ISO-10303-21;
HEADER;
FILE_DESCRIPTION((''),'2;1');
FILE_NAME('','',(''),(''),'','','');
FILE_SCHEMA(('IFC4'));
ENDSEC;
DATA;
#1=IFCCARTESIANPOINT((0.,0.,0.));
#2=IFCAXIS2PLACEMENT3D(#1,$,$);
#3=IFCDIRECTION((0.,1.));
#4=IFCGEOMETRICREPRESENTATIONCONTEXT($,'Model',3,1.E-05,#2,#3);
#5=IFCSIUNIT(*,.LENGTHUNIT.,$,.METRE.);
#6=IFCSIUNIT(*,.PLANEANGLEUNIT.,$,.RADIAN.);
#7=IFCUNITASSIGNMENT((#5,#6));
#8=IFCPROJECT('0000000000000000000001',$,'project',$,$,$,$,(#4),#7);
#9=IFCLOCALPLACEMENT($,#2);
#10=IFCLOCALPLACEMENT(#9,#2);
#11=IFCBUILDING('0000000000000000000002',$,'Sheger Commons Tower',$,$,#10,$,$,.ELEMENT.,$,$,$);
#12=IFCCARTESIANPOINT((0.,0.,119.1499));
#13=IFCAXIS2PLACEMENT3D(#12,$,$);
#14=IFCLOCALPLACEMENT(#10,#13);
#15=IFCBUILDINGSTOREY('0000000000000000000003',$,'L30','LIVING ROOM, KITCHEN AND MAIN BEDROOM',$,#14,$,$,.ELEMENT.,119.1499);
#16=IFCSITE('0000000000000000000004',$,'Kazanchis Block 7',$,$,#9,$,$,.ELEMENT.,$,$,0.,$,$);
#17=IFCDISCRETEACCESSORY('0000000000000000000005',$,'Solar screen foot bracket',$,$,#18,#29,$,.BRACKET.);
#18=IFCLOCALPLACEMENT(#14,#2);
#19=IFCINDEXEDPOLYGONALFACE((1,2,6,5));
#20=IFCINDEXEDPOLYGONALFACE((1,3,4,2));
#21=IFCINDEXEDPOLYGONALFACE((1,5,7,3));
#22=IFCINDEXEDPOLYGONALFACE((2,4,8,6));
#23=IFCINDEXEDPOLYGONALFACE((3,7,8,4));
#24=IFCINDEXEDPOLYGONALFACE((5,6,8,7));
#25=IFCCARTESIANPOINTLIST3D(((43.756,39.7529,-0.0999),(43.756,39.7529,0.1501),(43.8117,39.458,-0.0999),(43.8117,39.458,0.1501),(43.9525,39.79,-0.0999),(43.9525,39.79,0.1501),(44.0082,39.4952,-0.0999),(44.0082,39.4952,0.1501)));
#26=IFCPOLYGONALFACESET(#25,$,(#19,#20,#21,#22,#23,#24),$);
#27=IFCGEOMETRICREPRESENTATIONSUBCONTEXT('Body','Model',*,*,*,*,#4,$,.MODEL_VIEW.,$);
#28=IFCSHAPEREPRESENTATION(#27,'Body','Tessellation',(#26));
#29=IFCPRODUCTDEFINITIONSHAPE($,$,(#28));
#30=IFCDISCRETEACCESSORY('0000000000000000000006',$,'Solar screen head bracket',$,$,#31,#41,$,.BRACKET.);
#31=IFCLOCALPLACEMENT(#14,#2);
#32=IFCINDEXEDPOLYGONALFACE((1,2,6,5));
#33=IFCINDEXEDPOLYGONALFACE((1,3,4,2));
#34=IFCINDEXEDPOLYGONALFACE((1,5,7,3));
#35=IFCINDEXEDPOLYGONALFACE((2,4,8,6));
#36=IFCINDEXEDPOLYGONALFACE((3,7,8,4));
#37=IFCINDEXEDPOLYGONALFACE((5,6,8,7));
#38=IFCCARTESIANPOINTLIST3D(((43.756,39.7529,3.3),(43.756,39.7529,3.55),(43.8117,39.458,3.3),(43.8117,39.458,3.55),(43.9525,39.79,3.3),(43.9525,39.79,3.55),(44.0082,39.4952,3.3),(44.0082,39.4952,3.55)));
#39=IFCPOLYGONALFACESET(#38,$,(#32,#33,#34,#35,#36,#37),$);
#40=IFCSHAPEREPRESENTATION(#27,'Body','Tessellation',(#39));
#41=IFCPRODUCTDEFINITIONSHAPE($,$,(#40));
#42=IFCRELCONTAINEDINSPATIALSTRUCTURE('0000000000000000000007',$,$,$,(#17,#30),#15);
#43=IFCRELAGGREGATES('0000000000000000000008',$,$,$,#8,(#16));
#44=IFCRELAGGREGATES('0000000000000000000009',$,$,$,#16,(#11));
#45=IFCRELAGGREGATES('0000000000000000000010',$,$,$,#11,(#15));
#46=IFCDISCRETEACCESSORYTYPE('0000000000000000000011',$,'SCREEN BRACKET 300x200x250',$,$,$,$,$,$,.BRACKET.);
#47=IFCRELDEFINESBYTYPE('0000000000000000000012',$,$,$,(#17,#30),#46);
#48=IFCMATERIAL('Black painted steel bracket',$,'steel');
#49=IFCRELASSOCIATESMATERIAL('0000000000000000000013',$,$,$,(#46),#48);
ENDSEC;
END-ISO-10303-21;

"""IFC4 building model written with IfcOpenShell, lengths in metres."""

from ifc_helpers import new_model, si_unit, direction, frame, origin, origin_2d, place, context, subcontext, project, spatial, rectangle, extrude, material, type_object, element, save


model = new_model("IFC4")

# Units and contexts
model_context = context("Model", 3, precision=1e-05, world=origin(), true_north=direction((0.0, 1.0)))
body_context = subcontext(model_context, "Body", "Model", "MODEL_VIEW")
ifc_project = project(units=[si_unit("LENGTHUNIT", "METRE"), si_unit("PLANEANGLEUNIT", "RADIAN")], contexts=[model_context])

# Site, building, storey
site_placement = place(None, origin())
site = spatial("IfcSite", under=ifc_project, at=site_placement, Name="Kazanchis Block 7", CompositionType="ELEMENT", RefElevation=0.0)
building_placement = place(site_placement, origin())
building = spatial("IfcBuilding", under=site, at=building_placement, Name="Sheger Commons Tower", CompositionType="ELEMENT")
storey_placement = place(building_placement, frame((0.0, 0.0, 119.1499)))
storey = spatial("IfcBuildingStorey", under=building, at=storey_placement, Name="L30", Description="LIVING ROOM, KITCHEN AND MAIN BEDROOM", CompositionType="ELEMENT", Elevation=119.1499)

# Discrete accessories
ifc_material_1 = material(Name="Black painted steel bracket", Category="steel")
discrete_accessory_type = type_object("IfcDiscreteAccessoryType", Name="SCREEN BRACKET 300x200x250", PredefinedType="BRACKET", material=ifc_material_1)
for number, where, z_axis, x_axis, name in (
    (1, (43.8821, 39.624, -0.0999), (0.0, 0.0, 1.0), (-0.185615, 0.982623, 0.0), "Solar screen foot bracket"),
    (2, (43.8821, 39.624, 3.3), (0.0, 0.0, 1.0), (-0.185615, 0.982623, 0.0), "Solar screen head bracket"),
):
    element("IfcDiscreteAccessory", number, at=place(storey_placement, frame(where, z_axis=z_axis, x_axis=x_axis)), inside=storey, type_object=discrete_accessory_type, Name=name, PredefinedType="BRACKET", context=body_context, shape_type="SweptSolid", body=[
        extrude(rectangle(XDim=0.3, YDim=0.2, at=origin_2d()), origin(), (0.0, 0.0, 1.0), 0.25),
    ])

save(model, "model.ifc")
